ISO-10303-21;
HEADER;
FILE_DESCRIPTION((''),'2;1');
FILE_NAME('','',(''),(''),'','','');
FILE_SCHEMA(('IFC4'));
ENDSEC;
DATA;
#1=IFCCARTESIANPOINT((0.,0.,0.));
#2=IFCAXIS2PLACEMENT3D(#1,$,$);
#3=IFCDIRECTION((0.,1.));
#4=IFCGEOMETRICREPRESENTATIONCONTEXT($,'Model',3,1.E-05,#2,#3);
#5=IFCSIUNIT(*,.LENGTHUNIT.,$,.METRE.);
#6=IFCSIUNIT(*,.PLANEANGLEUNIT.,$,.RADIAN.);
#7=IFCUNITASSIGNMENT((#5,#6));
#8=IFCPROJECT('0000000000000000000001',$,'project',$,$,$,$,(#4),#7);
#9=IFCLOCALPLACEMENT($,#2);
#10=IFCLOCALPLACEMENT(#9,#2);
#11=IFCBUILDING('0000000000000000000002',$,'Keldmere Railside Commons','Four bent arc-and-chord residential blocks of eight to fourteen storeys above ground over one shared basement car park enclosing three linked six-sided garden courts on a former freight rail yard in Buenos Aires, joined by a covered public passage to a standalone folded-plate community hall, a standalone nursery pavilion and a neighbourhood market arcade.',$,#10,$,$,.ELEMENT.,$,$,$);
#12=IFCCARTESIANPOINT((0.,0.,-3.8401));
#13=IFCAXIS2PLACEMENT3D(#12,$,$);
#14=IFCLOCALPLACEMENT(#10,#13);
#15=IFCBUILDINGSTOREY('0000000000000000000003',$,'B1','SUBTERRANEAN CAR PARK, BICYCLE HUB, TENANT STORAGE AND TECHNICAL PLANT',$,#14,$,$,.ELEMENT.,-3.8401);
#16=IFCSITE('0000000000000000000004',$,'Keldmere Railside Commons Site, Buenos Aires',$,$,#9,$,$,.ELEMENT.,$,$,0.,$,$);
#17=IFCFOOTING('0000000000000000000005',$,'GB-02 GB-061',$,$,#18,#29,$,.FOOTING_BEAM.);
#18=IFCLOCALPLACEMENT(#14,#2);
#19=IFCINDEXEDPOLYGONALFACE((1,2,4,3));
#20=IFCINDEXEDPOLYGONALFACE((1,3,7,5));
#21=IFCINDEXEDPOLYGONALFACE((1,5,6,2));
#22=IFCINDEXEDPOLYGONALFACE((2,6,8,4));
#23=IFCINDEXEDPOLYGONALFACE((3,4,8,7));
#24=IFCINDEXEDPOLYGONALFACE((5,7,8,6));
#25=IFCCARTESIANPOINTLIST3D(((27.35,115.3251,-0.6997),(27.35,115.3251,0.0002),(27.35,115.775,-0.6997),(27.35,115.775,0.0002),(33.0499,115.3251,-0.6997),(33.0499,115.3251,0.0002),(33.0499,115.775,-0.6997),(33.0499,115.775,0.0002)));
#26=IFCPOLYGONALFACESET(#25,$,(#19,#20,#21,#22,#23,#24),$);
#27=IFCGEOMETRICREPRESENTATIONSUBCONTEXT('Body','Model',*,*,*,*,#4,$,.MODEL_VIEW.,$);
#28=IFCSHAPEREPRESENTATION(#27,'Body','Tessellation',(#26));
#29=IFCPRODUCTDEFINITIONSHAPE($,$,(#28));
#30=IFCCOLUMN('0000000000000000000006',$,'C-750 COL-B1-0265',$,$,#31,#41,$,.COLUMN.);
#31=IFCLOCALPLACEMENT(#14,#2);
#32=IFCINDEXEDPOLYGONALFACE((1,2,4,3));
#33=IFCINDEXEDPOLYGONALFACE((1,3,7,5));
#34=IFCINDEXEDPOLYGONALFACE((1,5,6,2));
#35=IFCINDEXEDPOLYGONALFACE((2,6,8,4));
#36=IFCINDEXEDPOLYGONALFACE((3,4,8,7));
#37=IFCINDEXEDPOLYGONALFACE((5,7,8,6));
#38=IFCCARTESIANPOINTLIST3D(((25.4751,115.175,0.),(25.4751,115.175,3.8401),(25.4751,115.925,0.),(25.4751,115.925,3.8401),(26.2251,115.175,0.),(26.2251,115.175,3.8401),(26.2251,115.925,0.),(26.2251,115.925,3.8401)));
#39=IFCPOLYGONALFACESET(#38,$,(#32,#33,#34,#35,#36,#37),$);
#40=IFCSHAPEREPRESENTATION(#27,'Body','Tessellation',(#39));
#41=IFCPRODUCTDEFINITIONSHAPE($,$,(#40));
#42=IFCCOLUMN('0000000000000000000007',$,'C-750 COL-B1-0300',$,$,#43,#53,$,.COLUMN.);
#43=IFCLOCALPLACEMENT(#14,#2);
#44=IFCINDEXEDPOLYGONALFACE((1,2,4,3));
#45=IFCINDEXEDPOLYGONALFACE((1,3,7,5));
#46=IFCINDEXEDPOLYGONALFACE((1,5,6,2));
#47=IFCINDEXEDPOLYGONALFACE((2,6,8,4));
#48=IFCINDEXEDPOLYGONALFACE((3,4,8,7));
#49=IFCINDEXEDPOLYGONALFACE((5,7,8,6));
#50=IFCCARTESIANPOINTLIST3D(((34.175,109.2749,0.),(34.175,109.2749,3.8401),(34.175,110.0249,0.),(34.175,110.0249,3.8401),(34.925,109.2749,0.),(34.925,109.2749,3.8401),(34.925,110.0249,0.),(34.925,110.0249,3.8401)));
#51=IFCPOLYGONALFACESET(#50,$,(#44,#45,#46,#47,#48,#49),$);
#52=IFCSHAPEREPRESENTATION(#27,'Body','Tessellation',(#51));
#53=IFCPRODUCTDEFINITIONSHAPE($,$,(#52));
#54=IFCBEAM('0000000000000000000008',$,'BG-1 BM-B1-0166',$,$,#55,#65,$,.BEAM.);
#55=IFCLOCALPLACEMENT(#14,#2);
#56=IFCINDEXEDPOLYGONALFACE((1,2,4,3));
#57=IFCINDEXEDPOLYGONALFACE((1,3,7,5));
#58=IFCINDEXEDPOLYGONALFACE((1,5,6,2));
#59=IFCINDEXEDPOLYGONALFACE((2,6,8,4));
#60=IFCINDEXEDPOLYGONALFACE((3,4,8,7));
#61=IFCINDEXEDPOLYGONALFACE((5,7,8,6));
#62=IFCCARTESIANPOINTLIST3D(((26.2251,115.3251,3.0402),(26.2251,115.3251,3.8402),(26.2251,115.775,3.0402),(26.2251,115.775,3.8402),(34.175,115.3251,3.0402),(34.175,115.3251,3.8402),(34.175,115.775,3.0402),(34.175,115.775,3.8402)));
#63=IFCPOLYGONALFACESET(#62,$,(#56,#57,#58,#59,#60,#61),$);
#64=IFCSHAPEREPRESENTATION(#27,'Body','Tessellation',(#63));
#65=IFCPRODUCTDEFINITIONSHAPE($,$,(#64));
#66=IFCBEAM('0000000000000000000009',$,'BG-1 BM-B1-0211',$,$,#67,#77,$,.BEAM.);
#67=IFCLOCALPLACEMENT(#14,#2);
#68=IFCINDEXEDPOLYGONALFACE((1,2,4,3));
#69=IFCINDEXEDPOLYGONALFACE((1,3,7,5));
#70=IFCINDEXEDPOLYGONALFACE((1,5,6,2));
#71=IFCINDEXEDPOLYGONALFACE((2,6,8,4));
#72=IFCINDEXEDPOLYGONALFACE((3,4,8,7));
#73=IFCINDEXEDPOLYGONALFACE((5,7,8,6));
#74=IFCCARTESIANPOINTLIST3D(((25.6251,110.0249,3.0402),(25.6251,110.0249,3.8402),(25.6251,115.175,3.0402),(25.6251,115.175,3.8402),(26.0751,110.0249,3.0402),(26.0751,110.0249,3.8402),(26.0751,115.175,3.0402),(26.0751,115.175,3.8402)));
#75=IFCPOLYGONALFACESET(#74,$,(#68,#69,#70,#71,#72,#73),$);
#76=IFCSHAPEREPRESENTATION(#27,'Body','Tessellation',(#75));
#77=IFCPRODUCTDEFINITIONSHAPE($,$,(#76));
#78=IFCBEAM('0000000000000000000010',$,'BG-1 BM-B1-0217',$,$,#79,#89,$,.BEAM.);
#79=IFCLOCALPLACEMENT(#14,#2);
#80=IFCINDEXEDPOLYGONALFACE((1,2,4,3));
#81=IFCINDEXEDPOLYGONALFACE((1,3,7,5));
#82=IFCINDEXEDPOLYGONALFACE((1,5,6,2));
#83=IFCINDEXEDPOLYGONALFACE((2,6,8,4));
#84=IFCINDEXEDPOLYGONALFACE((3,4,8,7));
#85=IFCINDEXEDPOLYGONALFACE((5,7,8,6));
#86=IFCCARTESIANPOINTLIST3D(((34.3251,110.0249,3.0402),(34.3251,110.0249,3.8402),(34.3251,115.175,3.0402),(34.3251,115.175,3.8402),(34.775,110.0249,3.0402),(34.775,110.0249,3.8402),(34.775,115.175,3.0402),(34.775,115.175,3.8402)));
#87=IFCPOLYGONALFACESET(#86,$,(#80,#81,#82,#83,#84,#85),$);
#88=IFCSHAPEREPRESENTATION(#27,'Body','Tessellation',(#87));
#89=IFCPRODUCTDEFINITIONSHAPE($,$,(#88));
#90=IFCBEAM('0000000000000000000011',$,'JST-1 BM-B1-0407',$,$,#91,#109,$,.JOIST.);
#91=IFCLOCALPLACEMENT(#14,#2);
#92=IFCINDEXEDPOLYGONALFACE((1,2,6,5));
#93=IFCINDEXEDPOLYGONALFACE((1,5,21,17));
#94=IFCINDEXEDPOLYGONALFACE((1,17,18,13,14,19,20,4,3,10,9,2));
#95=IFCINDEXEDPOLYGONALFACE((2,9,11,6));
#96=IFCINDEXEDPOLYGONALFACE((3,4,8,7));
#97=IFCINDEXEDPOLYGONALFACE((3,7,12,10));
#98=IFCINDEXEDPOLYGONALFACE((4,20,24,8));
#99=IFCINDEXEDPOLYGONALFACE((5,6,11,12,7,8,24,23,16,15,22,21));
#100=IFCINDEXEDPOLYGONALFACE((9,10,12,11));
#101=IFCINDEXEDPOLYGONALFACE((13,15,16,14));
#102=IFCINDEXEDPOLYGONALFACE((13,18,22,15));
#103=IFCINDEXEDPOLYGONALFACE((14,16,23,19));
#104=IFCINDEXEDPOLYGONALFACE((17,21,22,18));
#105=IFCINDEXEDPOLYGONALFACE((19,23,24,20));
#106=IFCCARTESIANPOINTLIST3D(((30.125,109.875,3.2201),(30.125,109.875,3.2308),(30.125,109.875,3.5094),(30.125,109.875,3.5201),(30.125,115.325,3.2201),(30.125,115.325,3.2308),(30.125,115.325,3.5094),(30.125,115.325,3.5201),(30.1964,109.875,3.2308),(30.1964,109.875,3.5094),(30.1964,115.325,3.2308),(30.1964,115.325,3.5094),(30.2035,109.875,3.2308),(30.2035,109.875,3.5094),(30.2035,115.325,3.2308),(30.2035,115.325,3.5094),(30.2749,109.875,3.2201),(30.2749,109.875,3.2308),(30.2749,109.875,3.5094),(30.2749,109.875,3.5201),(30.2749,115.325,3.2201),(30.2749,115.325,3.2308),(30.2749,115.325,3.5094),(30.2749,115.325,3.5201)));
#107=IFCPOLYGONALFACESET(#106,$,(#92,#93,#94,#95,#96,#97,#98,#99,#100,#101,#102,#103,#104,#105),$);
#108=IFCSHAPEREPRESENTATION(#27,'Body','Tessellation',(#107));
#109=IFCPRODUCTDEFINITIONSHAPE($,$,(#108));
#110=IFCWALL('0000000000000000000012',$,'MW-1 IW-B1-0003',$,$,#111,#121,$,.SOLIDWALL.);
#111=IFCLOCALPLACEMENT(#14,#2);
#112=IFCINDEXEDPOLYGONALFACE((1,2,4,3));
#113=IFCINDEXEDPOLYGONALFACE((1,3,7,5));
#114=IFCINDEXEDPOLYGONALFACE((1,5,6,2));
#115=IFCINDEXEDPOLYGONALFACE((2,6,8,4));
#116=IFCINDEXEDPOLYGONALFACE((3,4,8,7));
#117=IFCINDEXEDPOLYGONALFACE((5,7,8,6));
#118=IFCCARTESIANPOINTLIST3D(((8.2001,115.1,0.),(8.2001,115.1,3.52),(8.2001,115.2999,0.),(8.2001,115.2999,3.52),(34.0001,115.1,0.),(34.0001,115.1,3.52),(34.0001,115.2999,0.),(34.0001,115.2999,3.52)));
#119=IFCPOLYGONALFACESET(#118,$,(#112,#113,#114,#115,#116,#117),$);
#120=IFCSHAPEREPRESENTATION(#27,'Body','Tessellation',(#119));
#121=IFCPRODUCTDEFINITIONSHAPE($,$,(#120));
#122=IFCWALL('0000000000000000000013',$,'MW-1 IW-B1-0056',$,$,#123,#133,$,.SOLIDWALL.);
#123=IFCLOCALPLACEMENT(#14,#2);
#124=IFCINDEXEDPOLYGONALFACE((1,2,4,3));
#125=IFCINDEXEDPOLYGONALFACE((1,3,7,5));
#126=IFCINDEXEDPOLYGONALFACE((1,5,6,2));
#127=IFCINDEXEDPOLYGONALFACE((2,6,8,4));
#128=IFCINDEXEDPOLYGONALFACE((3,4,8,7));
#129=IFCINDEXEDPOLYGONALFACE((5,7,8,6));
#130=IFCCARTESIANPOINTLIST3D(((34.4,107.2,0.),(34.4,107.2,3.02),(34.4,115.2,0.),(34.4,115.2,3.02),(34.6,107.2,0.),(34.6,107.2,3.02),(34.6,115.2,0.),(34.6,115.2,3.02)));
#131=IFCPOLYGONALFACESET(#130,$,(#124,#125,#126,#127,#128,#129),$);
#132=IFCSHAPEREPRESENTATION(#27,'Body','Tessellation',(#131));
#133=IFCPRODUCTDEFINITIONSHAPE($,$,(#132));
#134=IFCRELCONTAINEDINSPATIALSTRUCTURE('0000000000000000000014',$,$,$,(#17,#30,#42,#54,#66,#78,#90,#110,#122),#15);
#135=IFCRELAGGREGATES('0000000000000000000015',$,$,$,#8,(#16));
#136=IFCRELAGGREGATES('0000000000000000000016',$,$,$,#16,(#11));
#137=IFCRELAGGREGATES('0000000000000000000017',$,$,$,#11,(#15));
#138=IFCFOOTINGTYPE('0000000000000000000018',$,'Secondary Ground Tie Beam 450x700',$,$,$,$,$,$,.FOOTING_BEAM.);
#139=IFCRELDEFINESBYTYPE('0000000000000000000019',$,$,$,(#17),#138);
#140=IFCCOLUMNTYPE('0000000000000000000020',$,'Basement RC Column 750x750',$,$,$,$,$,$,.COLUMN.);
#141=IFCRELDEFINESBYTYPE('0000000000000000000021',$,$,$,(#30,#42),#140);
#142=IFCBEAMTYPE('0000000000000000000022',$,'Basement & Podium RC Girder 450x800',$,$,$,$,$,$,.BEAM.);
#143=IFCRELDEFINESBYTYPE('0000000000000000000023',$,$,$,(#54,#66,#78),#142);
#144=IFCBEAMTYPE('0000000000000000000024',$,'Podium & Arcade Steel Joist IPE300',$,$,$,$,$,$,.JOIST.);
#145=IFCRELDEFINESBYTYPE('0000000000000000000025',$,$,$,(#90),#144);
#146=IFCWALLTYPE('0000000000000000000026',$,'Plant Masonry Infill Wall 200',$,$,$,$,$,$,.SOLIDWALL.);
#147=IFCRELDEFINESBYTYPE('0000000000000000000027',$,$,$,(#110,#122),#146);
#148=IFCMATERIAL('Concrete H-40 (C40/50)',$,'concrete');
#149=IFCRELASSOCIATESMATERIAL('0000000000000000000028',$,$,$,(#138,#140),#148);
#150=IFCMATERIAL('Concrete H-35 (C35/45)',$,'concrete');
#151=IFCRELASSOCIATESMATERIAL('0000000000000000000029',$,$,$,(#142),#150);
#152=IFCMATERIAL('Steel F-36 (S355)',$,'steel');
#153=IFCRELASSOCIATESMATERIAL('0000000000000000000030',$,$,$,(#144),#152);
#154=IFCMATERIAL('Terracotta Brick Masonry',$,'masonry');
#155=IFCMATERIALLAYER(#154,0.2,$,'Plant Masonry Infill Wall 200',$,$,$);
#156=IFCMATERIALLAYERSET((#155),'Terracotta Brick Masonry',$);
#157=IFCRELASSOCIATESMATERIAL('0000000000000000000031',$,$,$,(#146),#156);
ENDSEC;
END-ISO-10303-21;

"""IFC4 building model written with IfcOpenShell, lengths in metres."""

from ifc_helpers import new_model, si_unit, direction, frame, frame_2d, origin, origin_2d, place, context, subcontext, project, spatial, rectangle, i_section, extrude, material, layer, layer_set, material_profile, profile_set, type_object, element, save


model = new_model("IFC4")

# Units and contexts
model_context = context("Model", 3, precision=1e-05, world=origin(), true_north=direction((0.0, 1.0)))
body_context = subcontext(model_context, "Body", "Model", "MODEL_VIEW")
ifc_project = project(units=[si_unit("LENGTHUNIT", "METRE"), si_unit("PLANEANGLEUNIT", "RADIAN")], contexts=[model_context])

# Site, building, storey
site_placement = place(None, origin())
site = spatial("IfcSite", under=ifc_project, at=site_placement, Name="Keldmere Railside Commons Site, Buenos Aires", CompositionType="ELEMENT", RefElevation=0.0)
building_placement = place(site_placement, origin())
building = spatial("IfcBuilding", under=site, at=building_placement, Name="Keldmere Railside Commons", Description="Four bent arc-and-chord residential blocks of eight to fourteen storeys above ground over one shared basement car park enclosing three linked six-sided garden courts on a former freight rail yard in Buenos Aires, joined by a covered public passage to a standalone folded-plate community hall, a standalone nursery pavilion and a neighbourhood market arcade.", CompositionType="ELEMENT")
storey_placement = place(building_placement, frame((0.0, 0.0, -3.8401)))
storey = spatial("IfcBuildingStorey", under=building, at=storey_placement, Name="B1", Description="SUBTERRANEAN CAR PARK, BICYCLE HUB, TENANT STORAGE AND TECHNICAL PLANT", CompositionType="ELEMENT", Elevation=-3.8401)

# Footing
ifc_material_1 = material(Name="Concrete H-40 (C40/50)", Category="concrete")
footing_type_1 = type_object("IfcFootingType", Name="Secondary Ground Tie Beam 450x700", PredefinedType="FOOTING_BEAM", material=ifc_material_1)
footing_1_placement = place(storey_placement, frame((30.2, 115.55, -0.6997), z_axis=(0.0, 0.0, 1.0), x_axis=(1.0, 0.0, 0.0)))
element("IfcFooting", 1, at=footing_1_placement, inside=storey, type_object=footing_type_1, Name="GB-02 GB-061", PredefinedType="FOOTING_BEAM", context=body_context, shape_type="SweptSolid", body=[
    extrude(rectangle(XDim=5.7, YDim=0.45, at=origin_2d()), origin(), (0.0, 0.0, 1.0), 0.7),
])

# Columns
ifc_material_profile_1 = material_profile(ifc_material_1, rectangle(XDim=0.75, YDim=0.75, at=origin_2d()), Name="RC-750x750")
ifc_profile_set_1 = profile_set([ifc_material_profile_1], Name="Concrete H-40 (C40/50)")
column_type = type_object("IfcColumnType", Name="Basement RC Column 750x750", PredefinedType="COLUMN", material=ifc_profile_set_1)
for number, where, z_axis, x_axis, name in (
    (2, (25.8501, 115.55, 0.0), (0.0, 0.0, 1.0), (1.0, 0.0, 0.0), "C-750 COL-B1-0265"),
    (3, (34.55, 109.6499, 0.0), (0.0, 0.0, 1.0), (1.0, 0.0, 0.0), "C-750 COL-B1-0300"),
):
    element("IfcColumn", number, at=place(storey_placement, frame(where, z_axis=z_axis, x_axis=x_axis)), inside=storey, type_object=column_type, Name=name, PredefinedType="COLUMN", context=body_context, shape_type="SweptSolid", body=[
        extrude(rectangle(XDim=0.75, YDim=0.75, at=origin_2d()), origin(), (0.0, 0.0, 1.0), 3.8401),
    ])

# Beams
ifc_material_2 = material(Name="Concrete H-35 (C35/45)", Category="concrete")
ifc_material_profile_2 = material_profile(ifc_material_2, rectangle(XDim=0.45, YDim=0.8, at=origin_2d()), Name="RC-450x800")
ifc_profile_set_2 = profile_set([ifc_material_profile_2], Name="Concrete H-35 (C35/45)")
beam_type_1 = type_object("IfcBeamType", Name="Basement & Podium RC Girder 450x800", PredefinedType="BEAM", material=ifc_profile_set_2)
beam_1_placement = place(storey_placement, frame((26.2251, 115.55, 3.4402), z_axis=(1.0, 0.0, 0.0), x_axis=(0.0, 1.0, 0.0)))
element("IfcBeam", 4, at=beam_1_placement, inside=storey, type_object=beam_type_1, Name="BG-1 BM-B1-0166", PredefinedType="BEAM", context=body_context, shape_type="SweptSolid", body=[
    extrude(rectangle(XDim=0.45, YDim=0.8, at=origin_2d()), origin(), (0.0, 0.0, 1.0), 7.95),
])
for number, where, z_axis, x_axis, name in (
    (5, (25.8501, 110.0249, 3.4402), (0.0, 1.0, 0.0), (-1.0, 0.0, 0.0), "BG-1 BM-B1-0211"),
    (6, (34.55, 110.0249, 3.4402), (0.0, 1.0, 0.0), (-1.0, 0.0, 0.0), "BG-1 BM-B1-0217"),
):
    element("IfcBeam", number, at=place(storey_placement, frame(where, z_axis=z_axis, x_axis=x_axis)), inside=storey, type_object=beam_type_1, Name=name, PredefinedType="BEAM", context=body_context, shape_type="SweptSolid", body=[
        extrude(rectangle(XDim=0.45, YDim=0.8, at=origin_2d()), origin(), (0.0, 0.0, 1.0), 5.1501),
    ])
ifc_material_3 = material(Name="Steel F-36 (S355)", Category="steel")
ifc_material_profile_3 = material_profile(ifc_material_3, i_section(OverallWidth=0.1499, OverallDepth=0.3, WebThickness=0.0071, FlangeThickness=0.0107, at=origin_2d()), Name="IPE-300")
ifc_profile_set_3 = profile_set([ifc_material_profile_3], Name="Steel F-36 (S355)")
beam_type_2 = type_object("IfcBeamType", Name="Podium & Arcade Steel Joist IPE300", PredefinedType="JOIST", material=ifc_profile_set_3)
beam_2_placement = place(storey_placement, frame((30.2, 109.875, 3.3701), z_axis=(0.0, 1.0, 0.0), x_axis=(-1.0, 0.0, 0.0)))
element("IfcBeam", 7, at=beam_2_placement, inside=storey, type_object=beam_type_2, Name="JST-1 BM-B1-0407", PredefinedType="JOIST", context=body_context, shape_type="SweptSolid", body=[
    extrude(i_section(OverallWidth=0.1499, OverallDepth=0.3, WebThickness=0.0071, FlangeThickness=0.0107, at=origin_2d()), origin(), (0.0, 0.0, 1.0), 5.45),
])

# Walls
ifc_material_4 = material(Name="Terracotta Brick Masonry", Category="masonry")
ifc_layer = layer(ifc_material_4, 0.2, Name="Plant Masonry Infill Wall 200")
ifc_layer_set = layer_set([ifc_layer], Name="Terracotta Brick Masonry")
wall_type = type_object("IfcWallType", Name="Plant Masonry Infill Wall 200", PredefinedType="SOLIDWALL", material=ifc_layer_set)
wall_1_placement = place(storey_placement, frame((34.0, 115.2, 0.0), z_axis=(0.0, 0.0, 1.0), x_axis=(-1.0, 0.0, 0.0)))
element("IfcWall", 8, at=wall_1_placement, inside=storey, type_object=wall_type, Name="MW-1 IW-B1-0003", PredefinedType="SOLIDWALL", context=body_context, shape_type="SweptSolid", body=[
    extrude(rectangle(XDim=25.8, YDim=0.2, at=frame_2d((12.8999, 0.0))), origin(), (0.0, 0.0, 1.0), 3.52),
])
wall_2_placement = place(storey_placement, frame((34.5, 115.2, 0.0), z_axis=(0.0, 0.0, 1.0), x_axis=(0.0, -1.0, 0.0)))
element("IfcWall", 9, at=wall_2_placement, inside=storey, type_object=wall_type, Name="MW-1 IW-B1-0056", PredefinedType="SOLIDWALL", context=body_context, shape_type="SweptSolid", body=[
    extrude(rectangle(XDim=8.0, YDim=0.2, at=frame_2d((4.0, 0.0))), origin(), (0.0, 0.0, 1.0), 3.02),
])

save(model, "model.ifc")
